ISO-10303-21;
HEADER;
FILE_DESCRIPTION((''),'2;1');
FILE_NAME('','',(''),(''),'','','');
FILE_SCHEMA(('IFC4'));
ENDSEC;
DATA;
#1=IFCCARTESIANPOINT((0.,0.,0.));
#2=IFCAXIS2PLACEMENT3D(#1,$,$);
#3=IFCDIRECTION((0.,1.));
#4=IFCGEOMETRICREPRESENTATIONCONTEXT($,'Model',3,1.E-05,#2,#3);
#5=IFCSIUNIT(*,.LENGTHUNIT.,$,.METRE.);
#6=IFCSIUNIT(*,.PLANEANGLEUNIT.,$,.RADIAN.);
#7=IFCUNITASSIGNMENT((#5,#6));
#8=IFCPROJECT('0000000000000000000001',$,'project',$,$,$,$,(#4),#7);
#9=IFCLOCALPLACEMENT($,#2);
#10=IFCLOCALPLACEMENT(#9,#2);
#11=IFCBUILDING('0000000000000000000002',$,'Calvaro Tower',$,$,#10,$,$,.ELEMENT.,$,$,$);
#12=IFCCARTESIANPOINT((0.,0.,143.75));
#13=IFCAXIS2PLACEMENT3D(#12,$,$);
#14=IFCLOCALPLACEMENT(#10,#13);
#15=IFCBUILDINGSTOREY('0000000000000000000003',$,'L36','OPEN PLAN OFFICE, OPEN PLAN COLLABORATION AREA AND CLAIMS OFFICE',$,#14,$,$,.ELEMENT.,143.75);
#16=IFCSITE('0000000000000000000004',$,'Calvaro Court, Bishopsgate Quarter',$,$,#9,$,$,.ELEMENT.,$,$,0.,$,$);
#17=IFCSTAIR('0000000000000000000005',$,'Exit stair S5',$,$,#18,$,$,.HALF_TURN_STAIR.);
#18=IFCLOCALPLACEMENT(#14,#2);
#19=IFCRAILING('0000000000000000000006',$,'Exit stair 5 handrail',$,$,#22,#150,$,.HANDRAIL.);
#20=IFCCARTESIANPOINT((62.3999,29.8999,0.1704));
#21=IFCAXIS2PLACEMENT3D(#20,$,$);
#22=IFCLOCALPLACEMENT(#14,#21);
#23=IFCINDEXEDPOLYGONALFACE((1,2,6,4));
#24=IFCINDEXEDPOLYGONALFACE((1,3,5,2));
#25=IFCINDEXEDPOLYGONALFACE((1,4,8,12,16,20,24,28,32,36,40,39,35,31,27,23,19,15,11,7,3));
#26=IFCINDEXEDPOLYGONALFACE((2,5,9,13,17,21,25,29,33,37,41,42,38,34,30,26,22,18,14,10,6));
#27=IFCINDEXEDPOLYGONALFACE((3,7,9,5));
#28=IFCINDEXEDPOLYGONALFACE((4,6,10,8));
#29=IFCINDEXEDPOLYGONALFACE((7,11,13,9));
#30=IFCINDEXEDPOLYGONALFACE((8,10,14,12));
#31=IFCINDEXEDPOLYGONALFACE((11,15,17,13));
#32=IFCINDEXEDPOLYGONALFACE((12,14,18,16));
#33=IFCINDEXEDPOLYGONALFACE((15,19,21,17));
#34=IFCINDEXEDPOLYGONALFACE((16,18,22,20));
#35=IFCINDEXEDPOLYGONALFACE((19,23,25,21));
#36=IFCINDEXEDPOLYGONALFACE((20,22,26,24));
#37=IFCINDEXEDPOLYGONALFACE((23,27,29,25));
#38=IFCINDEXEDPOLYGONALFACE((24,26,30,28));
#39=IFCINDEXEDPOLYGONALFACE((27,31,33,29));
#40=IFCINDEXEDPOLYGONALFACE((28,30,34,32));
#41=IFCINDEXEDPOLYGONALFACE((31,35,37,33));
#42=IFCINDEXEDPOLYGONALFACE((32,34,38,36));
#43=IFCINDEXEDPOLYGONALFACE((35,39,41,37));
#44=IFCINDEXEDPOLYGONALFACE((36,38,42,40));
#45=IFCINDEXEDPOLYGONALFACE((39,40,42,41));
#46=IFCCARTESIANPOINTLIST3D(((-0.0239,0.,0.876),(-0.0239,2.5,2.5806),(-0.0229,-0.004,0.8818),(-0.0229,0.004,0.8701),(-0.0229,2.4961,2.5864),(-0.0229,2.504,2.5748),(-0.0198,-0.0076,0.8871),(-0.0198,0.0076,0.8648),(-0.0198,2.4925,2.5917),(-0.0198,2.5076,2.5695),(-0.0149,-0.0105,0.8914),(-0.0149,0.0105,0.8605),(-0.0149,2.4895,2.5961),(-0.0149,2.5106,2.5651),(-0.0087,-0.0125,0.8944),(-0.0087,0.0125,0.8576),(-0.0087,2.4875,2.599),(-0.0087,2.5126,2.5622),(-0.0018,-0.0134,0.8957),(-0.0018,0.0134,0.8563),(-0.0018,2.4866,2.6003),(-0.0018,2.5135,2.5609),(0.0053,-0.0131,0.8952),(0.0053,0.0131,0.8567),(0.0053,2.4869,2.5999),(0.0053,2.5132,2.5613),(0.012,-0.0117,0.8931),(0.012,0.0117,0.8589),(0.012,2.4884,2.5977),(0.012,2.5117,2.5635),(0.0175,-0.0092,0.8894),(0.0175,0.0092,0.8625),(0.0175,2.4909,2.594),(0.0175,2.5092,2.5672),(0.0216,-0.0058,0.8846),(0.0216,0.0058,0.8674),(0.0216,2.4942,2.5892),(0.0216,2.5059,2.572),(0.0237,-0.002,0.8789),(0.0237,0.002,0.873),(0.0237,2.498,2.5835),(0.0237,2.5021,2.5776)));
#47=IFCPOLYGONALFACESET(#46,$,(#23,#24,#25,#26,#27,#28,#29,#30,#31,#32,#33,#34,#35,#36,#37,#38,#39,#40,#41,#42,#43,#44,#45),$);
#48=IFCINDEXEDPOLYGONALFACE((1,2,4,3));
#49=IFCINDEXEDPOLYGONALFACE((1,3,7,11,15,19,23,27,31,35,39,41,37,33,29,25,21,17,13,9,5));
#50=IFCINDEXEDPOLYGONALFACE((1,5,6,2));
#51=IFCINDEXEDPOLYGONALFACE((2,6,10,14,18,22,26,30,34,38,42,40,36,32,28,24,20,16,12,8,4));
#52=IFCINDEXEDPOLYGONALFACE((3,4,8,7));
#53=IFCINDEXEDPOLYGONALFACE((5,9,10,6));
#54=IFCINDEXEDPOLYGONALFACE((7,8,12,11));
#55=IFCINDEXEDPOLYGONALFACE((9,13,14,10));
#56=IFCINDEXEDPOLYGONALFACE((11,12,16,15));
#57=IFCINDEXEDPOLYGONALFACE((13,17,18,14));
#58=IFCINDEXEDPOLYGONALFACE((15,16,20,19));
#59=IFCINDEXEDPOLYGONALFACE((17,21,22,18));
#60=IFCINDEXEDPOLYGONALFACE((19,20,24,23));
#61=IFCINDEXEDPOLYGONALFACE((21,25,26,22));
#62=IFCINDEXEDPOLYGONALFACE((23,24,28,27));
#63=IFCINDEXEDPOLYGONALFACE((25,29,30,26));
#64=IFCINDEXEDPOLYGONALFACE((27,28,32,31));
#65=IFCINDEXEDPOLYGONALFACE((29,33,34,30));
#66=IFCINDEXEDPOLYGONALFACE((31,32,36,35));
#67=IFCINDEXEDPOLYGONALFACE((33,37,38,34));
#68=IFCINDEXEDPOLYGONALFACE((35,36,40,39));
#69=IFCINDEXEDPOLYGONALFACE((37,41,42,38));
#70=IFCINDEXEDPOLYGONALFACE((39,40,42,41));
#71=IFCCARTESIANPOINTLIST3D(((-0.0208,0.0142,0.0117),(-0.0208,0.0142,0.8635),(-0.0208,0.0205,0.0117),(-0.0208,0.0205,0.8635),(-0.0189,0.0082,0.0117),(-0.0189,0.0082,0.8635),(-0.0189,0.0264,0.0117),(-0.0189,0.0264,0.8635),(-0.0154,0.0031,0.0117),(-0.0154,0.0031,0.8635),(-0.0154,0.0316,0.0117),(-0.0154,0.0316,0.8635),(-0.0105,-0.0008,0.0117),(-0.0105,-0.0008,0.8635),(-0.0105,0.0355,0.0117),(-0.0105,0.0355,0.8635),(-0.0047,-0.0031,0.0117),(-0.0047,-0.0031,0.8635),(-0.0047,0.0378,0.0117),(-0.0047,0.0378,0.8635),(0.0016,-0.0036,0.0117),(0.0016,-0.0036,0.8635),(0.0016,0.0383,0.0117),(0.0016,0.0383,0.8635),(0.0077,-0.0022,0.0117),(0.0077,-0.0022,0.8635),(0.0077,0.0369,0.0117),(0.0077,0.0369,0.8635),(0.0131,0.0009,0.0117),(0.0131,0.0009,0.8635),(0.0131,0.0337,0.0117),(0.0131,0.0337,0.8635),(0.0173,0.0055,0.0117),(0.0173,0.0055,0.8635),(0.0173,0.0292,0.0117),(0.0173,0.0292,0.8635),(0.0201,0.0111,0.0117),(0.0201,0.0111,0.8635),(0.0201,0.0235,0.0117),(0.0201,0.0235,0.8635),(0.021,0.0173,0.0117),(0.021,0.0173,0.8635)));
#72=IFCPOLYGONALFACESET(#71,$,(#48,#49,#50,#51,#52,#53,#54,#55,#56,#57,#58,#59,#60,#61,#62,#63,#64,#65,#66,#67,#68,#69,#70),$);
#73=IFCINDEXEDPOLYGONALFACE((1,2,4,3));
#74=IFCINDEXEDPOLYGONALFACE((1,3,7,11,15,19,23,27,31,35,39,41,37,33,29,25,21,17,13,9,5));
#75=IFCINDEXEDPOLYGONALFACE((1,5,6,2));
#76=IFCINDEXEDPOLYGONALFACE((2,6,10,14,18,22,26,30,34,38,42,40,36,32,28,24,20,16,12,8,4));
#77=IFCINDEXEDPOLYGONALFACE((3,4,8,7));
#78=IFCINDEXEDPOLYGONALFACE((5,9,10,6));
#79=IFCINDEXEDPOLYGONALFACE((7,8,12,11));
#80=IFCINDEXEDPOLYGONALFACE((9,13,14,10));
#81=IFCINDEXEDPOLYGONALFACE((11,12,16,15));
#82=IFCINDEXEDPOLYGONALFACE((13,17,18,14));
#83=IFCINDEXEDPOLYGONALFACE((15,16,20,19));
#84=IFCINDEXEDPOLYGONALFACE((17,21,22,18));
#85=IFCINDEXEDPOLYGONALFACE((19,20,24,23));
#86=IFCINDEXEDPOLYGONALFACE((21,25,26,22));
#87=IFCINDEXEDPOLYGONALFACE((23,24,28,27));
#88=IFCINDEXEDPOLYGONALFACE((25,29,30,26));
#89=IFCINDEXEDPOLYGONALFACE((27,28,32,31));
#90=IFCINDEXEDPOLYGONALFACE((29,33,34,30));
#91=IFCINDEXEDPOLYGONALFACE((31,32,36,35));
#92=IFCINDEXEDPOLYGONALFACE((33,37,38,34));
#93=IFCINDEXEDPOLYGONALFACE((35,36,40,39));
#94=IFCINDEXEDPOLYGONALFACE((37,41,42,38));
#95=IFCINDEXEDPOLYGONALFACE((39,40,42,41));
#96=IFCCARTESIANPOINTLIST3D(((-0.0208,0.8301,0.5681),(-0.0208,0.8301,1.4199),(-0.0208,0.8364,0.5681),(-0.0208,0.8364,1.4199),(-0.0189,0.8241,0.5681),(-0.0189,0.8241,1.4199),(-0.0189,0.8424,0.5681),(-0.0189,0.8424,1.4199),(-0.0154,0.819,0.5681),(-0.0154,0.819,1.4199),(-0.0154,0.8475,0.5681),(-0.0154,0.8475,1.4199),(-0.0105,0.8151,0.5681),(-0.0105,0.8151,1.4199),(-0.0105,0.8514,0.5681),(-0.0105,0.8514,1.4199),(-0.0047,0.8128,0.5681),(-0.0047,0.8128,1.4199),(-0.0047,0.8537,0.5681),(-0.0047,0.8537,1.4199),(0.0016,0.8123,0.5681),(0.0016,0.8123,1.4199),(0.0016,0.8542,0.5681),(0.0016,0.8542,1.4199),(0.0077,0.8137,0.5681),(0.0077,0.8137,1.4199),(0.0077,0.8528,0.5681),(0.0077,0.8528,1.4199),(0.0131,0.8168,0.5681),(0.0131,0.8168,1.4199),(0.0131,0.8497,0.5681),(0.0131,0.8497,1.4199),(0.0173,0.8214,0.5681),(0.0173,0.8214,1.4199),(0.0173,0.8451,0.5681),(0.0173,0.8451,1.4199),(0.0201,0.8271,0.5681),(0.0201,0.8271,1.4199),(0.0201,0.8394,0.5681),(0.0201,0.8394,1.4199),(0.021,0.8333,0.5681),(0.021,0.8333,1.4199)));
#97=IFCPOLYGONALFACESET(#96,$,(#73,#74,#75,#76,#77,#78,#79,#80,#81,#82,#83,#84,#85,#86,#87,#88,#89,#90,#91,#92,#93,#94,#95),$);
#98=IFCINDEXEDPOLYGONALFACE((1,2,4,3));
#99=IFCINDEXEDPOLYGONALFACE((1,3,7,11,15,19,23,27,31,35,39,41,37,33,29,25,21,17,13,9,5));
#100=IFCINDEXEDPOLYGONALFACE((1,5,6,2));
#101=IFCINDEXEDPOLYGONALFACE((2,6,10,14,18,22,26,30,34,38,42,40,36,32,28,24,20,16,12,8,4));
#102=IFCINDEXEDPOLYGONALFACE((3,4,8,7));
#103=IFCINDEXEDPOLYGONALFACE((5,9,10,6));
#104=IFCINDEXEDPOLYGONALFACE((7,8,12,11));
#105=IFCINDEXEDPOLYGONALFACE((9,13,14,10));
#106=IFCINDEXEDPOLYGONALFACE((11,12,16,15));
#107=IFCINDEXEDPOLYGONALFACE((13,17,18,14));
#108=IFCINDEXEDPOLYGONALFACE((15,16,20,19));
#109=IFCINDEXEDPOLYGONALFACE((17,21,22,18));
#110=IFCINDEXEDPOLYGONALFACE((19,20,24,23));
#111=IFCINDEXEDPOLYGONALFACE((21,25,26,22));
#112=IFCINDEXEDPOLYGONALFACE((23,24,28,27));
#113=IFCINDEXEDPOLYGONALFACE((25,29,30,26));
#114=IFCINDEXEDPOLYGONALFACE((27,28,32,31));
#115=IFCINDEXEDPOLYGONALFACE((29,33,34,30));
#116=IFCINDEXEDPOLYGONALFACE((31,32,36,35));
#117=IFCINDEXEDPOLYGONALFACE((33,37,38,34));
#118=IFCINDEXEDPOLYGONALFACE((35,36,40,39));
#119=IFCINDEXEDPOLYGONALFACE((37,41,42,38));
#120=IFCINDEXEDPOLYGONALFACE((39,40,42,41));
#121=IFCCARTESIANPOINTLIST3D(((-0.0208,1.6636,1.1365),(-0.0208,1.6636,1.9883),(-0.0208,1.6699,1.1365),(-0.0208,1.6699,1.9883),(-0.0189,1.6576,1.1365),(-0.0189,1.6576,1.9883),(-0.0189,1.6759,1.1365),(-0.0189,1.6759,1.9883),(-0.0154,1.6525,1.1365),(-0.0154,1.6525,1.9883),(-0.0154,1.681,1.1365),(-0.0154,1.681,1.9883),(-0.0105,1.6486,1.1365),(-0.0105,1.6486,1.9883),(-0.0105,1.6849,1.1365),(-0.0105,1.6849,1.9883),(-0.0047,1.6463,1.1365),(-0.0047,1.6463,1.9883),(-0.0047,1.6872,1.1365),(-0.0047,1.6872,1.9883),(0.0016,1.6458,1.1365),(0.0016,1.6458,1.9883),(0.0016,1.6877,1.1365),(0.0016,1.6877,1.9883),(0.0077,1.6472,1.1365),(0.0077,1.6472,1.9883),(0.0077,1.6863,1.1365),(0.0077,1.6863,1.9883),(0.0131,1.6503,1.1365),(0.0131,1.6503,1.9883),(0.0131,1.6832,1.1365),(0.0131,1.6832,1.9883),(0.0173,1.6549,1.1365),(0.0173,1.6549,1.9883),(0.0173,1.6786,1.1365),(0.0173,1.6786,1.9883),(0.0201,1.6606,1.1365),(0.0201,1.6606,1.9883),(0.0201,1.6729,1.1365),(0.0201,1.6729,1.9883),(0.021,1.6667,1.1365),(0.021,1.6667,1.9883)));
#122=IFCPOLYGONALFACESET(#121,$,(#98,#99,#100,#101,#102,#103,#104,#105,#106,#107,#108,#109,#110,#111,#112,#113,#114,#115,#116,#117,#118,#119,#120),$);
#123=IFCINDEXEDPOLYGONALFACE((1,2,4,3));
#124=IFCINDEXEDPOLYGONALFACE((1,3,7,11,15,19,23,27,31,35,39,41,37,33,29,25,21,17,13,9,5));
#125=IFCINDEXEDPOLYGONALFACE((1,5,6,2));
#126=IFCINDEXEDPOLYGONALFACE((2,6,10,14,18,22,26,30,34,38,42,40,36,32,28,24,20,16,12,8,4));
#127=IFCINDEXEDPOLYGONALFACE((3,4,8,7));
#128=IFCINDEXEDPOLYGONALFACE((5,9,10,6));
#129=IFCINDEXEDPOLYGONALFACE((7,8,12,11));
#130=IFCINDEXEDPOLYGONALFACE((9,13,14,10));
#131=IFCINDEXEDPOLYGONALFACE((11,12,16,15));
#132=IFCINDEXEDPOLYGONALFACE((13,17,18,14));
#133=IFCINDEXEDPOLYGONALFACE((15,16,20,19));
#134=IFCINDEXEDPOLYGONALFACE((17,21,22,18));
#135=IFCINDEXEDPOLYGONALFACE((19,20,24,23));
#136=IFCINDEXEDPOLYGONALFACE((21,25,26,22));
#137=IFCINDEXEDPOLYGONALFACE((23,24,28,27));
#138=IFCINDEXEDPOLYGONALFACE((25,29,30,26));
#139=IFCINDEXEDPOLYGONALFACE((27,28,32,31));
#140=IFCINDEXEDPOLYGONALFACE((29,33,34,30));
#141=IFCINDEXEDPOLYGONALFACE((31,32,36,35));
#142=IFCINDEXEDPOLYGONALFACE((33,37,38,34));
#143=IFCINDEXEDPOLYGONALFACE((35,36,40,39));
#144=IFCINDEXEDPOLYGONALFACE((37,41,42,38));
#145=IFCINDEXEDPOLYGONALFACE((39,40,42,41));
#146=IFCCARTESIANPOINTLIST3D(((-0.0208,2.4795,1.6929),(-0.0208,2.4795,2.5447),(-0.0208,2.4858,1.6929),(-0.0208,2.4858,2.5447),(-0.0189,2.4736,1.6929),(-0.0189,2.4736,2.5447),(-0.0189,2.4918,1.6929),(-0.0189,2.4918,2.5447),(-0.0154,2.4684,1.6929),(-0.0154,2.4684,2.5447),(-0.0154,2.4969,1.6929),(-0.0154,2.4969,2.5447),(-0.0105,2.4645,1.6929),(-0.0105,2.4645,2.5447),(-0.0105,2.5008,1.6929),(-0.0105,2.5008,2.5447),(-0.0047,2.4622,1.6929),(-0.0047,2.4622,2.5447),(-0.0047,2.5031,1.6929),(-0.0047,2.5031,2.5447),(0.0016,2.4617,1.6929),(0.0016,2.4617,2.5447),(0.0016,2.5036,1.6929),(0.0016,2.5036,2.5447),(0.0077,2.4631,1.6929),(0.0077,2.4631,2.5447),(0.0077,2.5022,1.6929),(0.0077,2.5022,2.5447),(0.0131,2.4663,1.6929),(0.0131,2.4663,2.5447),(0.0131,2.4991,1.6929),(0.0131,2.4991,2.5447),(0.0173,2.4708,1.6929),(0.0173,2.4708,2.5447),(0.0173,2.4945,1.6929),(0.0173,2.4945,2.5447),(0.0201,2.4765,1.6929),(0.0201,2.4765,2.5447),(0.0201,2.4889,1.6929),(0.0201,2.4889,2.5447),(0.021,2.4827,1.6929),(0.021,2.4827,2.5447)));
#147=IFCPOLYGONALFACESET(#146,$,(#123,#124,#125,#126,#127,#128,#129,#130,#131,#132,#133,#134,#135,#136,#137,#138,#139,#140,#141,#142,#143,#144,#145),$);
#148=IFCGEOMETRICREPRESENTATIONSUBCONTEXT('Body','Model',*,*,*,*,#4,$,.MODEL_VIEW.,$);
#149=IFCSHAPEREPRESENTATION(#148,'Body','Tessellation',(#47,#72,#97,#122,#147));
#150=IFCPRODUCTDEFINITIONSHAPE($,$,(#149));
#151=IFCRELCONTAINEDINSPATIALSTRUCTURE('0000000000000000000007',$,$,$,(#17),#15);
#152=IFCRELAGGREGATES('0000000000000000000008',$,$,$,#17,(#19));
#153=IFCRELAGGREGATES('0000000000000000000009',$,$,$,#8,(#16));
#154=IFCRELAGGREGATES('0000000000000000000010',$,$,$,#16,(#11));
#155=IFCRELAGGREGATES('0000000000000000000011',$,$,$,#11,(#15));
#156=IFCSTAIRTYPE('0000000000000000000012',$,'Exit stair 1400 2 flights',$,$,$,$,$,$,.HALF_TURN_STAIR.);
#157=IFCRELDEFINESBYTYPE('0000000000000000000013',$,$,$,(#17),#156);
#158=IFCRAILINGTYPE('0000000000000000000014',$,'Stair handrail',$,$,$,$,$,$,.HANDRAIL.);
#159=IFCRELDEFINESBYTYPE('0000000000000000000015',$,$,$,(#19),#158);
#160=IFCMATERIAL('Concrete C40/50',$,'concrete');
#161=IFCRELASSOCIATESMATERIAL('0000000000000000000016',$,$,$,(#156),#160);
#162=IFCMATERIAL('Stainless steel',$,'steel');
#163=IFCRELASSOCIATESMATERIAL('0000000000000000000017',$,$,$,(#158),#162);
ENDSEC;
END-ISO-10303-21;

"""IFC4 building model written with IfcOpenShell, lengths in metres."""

from ifc_helpers import new_model, si_unit, direction, frame, origin, origin_2d, place, context, subcontext, project, spatial, circle, extrude, material, type_object, element, aggregate, save


model = new_model("IFC4")

# Units and contexts
model_context = context("Model", 3, precision=1e-05, world=origin(), true_north=direction((0.0, 1.0)))
body_context = subcontext(model_context, "Body", "Model", "MODEL_VIEW")
ifc_project = project(units=[si_unit("LENGTHUNIT", "METRE"), si_unit("PLANEANGLEUNIT", "RADIAN")], contexts=[model_context])

# Site, building, storey
site_placement = place(None, origin())
site = spatial("IfcSite", under=ifc_project, at=site_placement, Name="Calvaro Court, Bishopsgate Quarter", CompositionType="ELEMENT", RefElevation=0.0)
building_placement = place(site_placement, origin())
building = spatial("IfcBuilding", under=site, at=building_placement, Name="Calvaro Tower", CompositionType="ELEMENT")
storey_placement = place(building_placement, frame((0.0, 0.0, 143.75)))
storey = spatial("IfcBuildingStorey", under=building, at=storey_placement, Name="L36", Description="OPEN PLAN OFFICE, OPEN PLAN COLLABORATION AREA AND CLAIMS OFFICE", CompositionType="ELEMENT", Elevation=143.75)

# Stair, railing
ifc_material_1 = material(Name="Concrete C40/50", Category="concrete")
stair_type = type_object("IfcStairType", Name="Exit stair 1400 2 flights", PredefinedType="HALF_TURN_STAIR", material=ifc_material_1)
stair_placement = place(storey_placement, origin())
stair = element("IfcStair", 1, at=stair_placement, inside=storey, type_object=stair_type, Name="Exit stair S5", PredefinedType="HALF_TURN_STAIR")
ifc_material_2 = material(Name="Stainless steel", Category="steel")
railing_type = type_object("IfcRailingType", Name="Stair handrail", PredefinedType="HANDRAIL", material=ifc_material_2)
railing_1_placement = place(storey_placement, frame((62.3999, 29.8999, 0.1704)))
railing_1 = element("IfcRailing", 2, at=railing_1_placement, type_object=railing_type, Name="Exit stair 5 handrail", PredefinedType="HANDRAIL", context=body_context, shape_type="SweptSolid", body=[
    extrude(circle(Radius=0.0239, at=origin_2d()), frame((0.0, 0.0, 0.876), z_axis=(0.0, 0.826221, 0.563347), x_axis=(-1.0, 0.0, 0.0)), (0.0, 0.0, 1.0), 3.0259),
    extrude(circle(Radius=0.021, at=origin_2d()), frame((0.0, 0.0173, 0.0117)), (0.0, 0.0, 1.0), 0.8518),
    extrude(circle(Radius=0.021, at=origin_2d()), frame((0.0, 0.8333, 0.5681)), (0.0, 0.0, 1.0), 0.8518),
    extrude(circle(Radius=0.021, at=origin_2d()), frame((0.0, 1.6667, 1.1365)), (0.0, 0.0, 1.0), 0.8518),
    extrude(circle(Radius=0.021, at=origin_2d()), frame((0.0, 2.4827, 1.6929)), (0.0, 0.0, 1.0), 0.8518),
])
aggregate(stair, [railing_1])

save(model, "model.ifc")
